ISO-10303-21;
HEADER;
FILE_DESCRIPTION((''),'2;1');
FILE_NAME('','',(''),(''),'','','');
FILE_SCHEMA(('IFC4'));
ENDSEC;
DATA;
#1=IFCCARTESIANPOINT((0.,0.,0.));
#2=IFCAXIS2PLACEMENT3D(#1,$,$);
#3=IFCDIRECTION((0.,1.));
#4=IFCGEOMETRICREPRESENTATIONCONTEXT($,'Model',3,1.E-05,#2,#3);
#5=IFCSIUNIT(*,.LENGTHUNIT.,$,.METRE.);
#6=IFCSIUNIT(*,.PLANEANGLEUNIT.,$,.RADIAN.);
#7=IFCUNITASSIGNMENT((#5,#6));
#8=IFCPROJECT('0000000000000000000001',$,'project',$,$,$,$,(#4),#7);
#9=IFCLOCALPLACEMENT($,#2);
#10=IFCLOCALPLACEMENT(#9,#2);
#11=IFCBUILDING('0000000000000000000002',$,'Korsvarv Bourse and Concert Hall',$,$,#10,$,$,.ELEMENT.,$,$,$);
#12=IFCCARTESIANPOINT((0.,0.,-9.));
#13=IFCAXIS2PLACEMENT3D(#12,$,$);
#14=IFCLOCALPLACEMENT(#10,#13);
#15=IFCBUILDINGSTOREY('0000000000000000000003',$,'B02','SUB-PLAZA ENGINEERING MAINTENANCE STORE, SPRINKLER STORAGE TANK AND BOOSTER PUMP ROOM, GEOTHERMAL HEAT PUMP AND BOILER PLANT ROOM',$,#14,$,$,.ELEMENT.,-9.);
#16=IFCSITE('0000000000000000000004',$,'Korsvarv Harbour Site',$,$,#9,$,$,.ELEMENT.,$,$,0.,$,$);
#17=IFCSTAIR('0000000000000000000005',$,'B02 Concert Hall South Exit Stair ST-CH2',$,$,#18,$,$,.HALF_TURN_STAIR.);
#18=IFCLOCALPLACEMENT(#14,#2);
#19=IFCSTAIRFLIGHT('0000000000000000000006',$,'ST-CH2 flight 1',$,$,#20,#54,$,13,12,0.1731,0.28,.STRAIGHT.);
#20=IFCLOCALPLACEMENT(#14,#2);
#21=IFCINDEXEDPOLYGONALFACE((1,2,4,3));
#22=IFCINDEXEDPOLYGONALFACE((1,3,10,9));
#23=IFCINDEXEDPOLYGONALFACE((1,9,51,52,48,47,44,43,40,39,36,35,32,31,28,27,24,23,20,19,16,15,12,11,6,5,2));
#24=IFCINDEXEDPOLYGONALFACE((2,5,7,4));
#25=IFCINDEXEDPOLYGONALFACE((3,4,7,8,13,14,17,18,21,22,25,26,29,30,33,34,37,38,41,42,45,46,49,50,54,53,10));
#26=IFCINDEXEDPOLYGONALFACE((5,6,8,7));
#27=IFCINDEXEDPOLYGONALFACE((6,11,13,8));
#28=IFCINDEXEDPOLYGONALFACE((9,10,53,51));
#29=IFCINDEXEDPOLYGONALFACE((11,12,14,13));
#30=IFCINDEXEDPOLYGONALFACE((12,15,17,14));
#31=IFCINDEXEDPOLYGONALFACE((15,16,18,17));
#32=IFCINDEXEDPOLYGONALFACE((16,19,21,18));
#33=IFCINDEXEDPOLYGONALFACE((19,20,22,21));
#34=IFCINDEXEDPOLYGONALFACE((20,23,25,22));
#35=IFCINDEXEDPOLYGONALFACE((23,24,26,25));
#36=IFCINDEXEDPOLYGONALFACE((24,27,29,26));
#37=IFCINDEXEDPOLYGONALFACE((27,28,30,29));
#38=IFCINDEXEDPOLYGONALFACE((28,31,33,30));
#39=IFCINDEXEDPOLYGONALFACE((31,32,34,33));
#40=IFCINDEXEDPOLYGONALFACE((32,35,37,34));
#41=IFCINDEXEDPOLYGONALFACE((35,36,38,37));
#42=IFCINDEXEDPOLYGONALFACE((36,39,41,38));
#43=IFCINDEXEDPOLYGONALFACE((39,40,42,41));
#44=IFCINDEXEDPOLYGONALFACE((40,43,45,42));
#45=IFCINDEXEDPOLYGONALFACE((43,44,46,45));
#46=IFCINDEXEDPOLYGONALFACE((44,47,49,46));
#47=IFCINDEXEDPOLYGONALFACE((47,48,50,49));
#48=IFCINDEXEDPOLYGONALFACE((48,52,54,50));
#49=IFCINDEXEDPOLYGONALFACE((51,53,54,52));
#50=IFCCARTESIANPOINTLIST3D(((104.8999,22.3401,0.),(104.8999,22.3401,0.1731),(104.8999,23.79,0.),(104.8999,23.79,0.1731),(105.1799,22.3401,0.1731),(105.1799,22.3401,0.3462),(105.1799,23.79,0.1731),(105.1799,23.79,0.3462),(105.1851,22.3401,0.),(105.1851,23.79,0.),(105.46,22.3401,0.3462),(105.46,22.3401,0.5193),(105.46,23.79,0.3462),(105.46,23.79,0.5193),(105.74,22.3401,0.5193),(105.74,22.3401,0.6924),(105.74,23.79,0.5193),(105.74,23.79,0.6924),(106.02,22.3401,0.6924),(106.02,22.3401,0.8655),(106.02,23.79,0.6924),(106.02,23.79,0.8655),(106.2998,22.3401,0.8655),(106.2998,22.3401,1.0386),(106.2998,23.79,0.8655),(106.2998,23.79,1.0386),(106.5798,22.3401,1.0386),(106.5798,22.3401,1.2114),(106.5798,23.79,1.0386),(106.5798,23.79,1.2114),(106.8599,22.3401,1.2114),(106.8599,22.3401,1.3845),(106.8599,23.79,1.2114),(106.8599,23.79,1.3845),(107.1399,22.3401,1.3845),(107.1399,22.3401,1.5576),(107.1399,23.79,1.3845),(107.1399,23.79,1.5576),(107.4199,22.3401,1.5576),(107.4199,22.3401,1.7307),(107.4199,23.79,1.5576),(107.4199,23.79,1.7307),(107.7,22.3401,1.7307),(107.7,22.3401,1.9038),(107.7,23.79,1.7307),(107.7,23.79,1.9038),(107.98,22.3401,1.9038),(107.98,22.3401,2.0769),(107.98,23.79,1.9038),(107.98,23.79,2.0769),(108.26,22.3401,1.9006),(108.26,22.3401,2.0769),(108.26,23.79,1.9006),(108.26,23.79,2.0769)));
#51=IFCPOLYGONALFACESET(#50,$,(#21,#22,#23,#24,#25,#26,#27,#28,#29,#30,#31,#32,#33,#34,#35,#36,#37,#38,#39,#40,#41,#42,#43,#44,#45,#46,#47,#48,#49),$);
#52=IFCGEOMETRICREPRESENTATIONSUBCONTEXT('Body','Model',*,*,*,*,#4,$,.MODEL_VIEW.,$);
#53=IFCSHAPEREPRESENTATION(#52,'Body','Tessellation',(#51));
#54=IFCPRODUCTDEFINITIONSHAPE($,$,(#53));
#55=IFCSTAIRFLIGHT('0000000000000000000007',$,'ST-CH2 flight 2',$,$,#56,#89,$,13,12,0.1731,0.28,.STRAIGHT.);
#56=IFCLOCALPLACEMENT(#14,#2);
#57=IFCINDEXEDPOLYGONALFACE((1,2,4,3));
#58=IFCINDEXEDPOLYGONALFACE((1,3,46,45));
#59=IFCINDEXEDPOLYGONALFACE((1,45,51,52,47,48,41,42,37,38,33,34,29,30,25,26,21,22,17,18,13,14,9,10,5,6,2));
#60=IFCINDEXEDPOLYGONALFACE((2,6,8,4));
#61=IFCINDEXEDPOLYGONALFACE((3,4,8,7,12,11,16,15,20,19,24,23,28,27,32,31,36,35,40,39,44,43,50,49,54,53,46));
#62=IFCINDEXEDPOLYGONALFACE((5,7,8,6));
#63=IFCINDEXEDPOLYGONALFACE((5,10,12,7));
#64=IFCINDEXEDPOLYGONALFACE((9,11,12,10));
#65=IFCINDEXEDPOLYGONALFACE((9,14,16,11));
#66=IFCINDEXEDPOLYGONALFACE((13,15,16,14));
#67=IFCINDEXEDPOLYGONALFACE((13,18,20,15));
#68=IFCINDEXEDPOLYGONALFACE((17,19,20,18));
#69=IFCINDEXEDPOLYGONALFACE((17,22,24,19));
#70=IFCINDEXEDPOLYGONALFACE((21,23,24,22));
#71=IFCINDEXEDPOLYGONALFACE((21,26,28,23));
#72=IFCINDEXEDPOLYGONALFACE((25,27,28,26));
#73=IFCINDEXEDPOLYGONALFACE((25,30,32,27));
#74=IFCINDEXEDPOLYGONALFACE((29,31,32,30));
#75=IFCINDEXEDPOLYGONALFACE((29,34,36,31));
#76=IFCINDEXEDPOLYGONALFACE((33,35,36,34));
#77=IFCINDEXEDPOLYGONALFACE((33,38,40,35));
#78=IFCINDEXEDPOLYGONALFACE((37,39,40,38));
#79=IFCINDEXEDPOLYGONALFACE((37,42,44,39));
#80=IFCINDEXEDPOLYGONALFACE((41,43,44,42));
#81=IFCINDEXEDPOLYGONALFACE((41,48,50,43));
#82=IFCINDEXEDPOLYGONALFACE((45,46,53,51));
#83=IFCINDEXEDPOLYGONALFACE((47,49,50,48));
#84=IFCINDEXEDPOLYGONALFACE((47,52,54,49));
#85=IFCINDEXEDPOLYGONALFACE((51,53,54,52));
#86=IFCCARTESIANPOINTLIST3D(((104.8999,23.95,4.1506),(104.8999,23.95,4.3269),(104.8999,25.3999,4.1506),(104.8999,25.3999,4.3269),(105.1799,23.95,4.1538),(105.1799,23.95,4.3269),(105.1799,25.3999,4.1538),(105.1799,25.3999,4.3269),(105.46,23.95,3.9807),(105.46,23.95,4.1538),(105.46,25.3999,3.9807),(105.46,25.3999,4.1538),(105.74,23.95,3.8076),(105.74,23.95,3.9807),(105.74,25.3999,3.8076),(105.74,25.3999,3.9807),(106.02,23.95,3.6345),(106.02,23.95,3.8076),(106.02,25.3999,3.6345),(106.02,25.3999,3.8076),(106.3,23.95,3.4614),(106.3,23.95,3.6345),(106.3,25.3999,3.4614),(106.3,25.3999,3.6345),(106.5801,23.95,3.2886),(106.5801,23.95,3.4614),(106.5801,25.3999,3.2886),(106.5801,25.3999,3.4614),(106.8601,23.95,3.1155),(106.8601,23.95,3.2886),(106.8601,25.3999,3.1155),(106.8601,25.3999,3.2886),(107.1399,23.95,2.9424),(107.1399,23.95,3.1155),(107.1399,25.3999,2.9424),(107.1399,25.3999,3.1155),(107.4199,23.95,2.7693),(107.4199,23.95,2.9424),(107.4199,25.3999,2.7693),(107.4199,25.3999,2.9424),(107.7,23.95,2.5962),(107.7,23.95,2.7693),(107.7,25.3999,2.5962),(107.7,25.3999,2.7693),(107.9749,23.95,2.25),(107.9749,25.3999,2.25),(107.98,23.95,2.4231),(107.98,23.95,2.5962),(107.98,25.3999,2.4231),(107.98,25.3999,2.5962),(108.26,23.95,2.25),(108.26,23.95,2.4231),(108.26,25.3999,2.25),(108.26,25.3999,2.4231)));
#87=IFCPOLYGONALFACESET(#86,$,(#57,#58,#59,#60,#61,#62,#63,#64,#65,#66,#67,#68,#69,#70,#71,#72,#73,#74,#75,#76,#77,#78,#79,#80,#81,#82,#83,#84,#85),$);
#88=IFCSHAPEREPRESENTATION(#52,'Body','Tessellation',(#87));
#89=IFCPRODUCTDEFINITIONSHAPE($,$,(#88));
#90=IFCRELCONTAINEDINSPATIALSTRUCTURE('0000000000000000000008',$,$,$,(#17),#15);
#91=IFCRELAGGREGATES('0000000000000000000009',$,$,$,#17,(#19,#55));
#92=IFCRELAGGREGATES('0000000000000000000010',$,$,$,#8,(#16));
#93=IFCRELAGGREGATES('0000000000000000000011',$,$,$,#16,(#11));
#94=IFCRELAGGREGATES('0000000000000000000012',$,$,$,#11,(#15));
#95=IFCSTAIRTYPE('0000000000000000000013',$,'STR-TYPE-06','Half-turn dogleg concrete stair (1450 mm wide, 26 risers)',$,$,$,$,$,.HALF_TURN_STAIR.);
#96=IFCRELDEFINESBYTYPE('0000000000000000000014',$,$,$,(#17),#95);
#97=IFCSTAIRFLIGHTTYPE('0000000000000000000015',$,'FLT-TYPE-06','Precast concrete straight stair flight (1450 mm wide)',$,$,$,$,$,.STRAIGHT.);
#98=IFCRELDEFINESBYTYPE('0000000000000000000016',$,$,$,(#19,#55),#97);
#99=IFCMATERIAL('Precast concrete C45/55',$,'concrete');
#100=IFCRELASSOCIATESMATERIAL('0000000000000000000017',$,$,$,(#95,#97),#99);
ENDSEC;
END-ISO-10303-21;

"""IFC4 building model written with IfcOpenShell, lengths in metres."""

from ifc_helpers import new_model, si_unit, direction, frame, origin, place, context, subcontext, project, spatial, polyline, outline, extrude, material, type_object, element, aggregate, save


model = new_model("IFC4")

# Units and contexts
model_context = context("Model", 3, precision=1e-05, world=origin(), true_north=direction((0.0, 1.0)))
body_context = subcontext(model_context, "Body", "Model", "MODEL_VIEW")
ifc_project = project(units=[si_unit("LENGTHUNIT", "METRE"), si_unit("PLANEANGLEUNIT", "RADIAN")], contexts=[model_context])

# Site, building, storey
site_placement = place(None, origin())
site = spatial("IfcSite", under=ifc_project, at=site_placement, Name="Korsvarv Harbour Site", CompositionType="ELEMENT", RefElevation=0.0)
building_placement = place(site_placement, origin())
building = spatial("IfcBuilding", under=site, at=building_placement, Name="Korsvarv Bourse and Concert Hall", CompositionType="ELEMENT")
storey_placement = place(building_placement, frame((0.0, 0.0, -9.0)))
storey = spatial("IfcBuildingStorey", under=building, at=storey_placement, Name="B02", Description="SUB-PLAZA ENGINEERING MAINTENANCE STORE, SPRINKLER STORAGE TANK AND BOOSTER PUMP ROOM, GEOTHERMAL HEAT PUMP AND BOILER PLANT ROOM", CompositionType="ELEMENT", Elevation=-9.0)

# Stair, stair flights
ifc_material_1 = material(Name="Precast concrete C45/55", Category="concrete")
stair_type = type_object("IfcStairType", Name="STR-TYPE-06", Description="Half-turn dogleg concrete stair (1450 mm wide, 26 risers)", PredefinedType="HALF_TURN_STAIR", material=ifc_material_1)
stair_placement = place(storey_placement, origin())
stair = element("IfcStair", 1, at=stair_placement, inside=storey, type_object=stair_type, Name="B02 Concert Hall South Exit Stair ST-CH2", PredefinedType="HALF_TURN_STAIR")
stair_flight_type = type_object("IfcStairFlightType", Name="FLT-TYPE-06", Description="Precast concrete straight stair flight (1450 mm wide)", PredefinedType="STRAIGHT", material=ifc_material_1)
stair_flight_1_placement = place(storey_placement, frame((104.8999, 23.0649, 0.0), z_axis=(0.0, 0.0, 1.0), x_axis=(1.0, 0.0, 0.0)))
stair_flight_1 = element("IfcStairFlight", 2, at=stair_flight_1_placement, type_object=stair_flight_type, Name="ST-CH2 flight 1", NumberOfRisers=13, NumberOfTreads=12, PredefinedType="STRAIGHT", RiserHeight=0.1731, TreadLength=0.28, context=body_context, shape_type="SweptSolid", body=[
    extrude(outline(polyline([(0.0, 0.0), (0.0, 0.1731), (0.28, 0.1731), (0.28, 0.3462), (0.5601, 0.3462), (0.5601, 0.5193), (0.8401, 0.5193), (0.8401, 0.6924), (1.1201, 0.6924), (1.1201, 0.8655), (1.3999, 0.8655), (1.3999, 1.0386), (1.6799, 1.0386), (1.6799, 1.2114), (1.96, 1.2114), (1.96, 1.3845), (2.24, 1.3845), (2.24, 1.5576), (2.52, 1.5576), (2.52, 1.7307), (2.8, 1.7307), (2.8, 1.9038), (3.0801, 1.9038), (3.0801, 2.0769), (3.3601, 2.0769), (3.3601, 2.25), (3.3601, 1.9006), (0.2852, 0.0), (0.0, 0.0)])), frame((0.0, 0.7251, 0.0), z_axis=(0.0, -1.0, 0.0), x_axis=(1.0, 0.0, 0.0)), (0.0, 0.0, 1.0), 1.45),
])
stair_flight_2_placement = place(storey_placement, frame((108.26, 24.675, 2.25), z_axis=(0.0, 0.0, 1.0), x_axis=(-1.0, 0.0, 0.0)))
stair_flight_2 = element("IfcStairFlight", 3, at=stair_flight_2_placement, type_object=stair_flight_type, Name="ST-CH2 flight 2", NumberOfRisers=13, NumberOfTreads=12, PredefinedType="STRAIGHT", RiserHeight=0.1731, TreadLength=0.28, context=body_context, shape_type="SweptSolid", body=[
    extrude(outline(polyline([(0.0, 0.0), (0.0, 0.1731), (0.28, 0.1731), (0.28, 0.3462), (0.5601, 0.3462), (0.5601, 0.5193), (0.8401, 0.5193), (0.8401, 0.6924), (1.1201, 0.6924), (1.1201, 0.8655), (1.3999, 0.8655), (1.3999, 1.0386), (1.6799, 1.0386), (1.6799, 1.2114), (1.96, 1.2114), (1.96, 1.3845), (2.24, 1.3845), (2.24, 1.5576), (2.52, 1.5576), (2.52, 1.7307), (2.8, 1.7307), (2.8, 1.9038), (3.0801, 1.9038), (3.0801, 2.0769), (3.3601, 2.0769), (3.3601, 2.25), (3.3601, 1.9006), (0.2852, 0.0), (0.0, 0.0)])), frame((0.0, 0.7251, 0.0), z_axis=(0.0, -1.0, 0.0), x_axis=(1.0, 0.0, 0.0)), (0.0, 0.0, 1.0), 1.45),
])
aggregate(stair, [stair_flight_1, stair_flight_2])

save(model, "model.ifc")
